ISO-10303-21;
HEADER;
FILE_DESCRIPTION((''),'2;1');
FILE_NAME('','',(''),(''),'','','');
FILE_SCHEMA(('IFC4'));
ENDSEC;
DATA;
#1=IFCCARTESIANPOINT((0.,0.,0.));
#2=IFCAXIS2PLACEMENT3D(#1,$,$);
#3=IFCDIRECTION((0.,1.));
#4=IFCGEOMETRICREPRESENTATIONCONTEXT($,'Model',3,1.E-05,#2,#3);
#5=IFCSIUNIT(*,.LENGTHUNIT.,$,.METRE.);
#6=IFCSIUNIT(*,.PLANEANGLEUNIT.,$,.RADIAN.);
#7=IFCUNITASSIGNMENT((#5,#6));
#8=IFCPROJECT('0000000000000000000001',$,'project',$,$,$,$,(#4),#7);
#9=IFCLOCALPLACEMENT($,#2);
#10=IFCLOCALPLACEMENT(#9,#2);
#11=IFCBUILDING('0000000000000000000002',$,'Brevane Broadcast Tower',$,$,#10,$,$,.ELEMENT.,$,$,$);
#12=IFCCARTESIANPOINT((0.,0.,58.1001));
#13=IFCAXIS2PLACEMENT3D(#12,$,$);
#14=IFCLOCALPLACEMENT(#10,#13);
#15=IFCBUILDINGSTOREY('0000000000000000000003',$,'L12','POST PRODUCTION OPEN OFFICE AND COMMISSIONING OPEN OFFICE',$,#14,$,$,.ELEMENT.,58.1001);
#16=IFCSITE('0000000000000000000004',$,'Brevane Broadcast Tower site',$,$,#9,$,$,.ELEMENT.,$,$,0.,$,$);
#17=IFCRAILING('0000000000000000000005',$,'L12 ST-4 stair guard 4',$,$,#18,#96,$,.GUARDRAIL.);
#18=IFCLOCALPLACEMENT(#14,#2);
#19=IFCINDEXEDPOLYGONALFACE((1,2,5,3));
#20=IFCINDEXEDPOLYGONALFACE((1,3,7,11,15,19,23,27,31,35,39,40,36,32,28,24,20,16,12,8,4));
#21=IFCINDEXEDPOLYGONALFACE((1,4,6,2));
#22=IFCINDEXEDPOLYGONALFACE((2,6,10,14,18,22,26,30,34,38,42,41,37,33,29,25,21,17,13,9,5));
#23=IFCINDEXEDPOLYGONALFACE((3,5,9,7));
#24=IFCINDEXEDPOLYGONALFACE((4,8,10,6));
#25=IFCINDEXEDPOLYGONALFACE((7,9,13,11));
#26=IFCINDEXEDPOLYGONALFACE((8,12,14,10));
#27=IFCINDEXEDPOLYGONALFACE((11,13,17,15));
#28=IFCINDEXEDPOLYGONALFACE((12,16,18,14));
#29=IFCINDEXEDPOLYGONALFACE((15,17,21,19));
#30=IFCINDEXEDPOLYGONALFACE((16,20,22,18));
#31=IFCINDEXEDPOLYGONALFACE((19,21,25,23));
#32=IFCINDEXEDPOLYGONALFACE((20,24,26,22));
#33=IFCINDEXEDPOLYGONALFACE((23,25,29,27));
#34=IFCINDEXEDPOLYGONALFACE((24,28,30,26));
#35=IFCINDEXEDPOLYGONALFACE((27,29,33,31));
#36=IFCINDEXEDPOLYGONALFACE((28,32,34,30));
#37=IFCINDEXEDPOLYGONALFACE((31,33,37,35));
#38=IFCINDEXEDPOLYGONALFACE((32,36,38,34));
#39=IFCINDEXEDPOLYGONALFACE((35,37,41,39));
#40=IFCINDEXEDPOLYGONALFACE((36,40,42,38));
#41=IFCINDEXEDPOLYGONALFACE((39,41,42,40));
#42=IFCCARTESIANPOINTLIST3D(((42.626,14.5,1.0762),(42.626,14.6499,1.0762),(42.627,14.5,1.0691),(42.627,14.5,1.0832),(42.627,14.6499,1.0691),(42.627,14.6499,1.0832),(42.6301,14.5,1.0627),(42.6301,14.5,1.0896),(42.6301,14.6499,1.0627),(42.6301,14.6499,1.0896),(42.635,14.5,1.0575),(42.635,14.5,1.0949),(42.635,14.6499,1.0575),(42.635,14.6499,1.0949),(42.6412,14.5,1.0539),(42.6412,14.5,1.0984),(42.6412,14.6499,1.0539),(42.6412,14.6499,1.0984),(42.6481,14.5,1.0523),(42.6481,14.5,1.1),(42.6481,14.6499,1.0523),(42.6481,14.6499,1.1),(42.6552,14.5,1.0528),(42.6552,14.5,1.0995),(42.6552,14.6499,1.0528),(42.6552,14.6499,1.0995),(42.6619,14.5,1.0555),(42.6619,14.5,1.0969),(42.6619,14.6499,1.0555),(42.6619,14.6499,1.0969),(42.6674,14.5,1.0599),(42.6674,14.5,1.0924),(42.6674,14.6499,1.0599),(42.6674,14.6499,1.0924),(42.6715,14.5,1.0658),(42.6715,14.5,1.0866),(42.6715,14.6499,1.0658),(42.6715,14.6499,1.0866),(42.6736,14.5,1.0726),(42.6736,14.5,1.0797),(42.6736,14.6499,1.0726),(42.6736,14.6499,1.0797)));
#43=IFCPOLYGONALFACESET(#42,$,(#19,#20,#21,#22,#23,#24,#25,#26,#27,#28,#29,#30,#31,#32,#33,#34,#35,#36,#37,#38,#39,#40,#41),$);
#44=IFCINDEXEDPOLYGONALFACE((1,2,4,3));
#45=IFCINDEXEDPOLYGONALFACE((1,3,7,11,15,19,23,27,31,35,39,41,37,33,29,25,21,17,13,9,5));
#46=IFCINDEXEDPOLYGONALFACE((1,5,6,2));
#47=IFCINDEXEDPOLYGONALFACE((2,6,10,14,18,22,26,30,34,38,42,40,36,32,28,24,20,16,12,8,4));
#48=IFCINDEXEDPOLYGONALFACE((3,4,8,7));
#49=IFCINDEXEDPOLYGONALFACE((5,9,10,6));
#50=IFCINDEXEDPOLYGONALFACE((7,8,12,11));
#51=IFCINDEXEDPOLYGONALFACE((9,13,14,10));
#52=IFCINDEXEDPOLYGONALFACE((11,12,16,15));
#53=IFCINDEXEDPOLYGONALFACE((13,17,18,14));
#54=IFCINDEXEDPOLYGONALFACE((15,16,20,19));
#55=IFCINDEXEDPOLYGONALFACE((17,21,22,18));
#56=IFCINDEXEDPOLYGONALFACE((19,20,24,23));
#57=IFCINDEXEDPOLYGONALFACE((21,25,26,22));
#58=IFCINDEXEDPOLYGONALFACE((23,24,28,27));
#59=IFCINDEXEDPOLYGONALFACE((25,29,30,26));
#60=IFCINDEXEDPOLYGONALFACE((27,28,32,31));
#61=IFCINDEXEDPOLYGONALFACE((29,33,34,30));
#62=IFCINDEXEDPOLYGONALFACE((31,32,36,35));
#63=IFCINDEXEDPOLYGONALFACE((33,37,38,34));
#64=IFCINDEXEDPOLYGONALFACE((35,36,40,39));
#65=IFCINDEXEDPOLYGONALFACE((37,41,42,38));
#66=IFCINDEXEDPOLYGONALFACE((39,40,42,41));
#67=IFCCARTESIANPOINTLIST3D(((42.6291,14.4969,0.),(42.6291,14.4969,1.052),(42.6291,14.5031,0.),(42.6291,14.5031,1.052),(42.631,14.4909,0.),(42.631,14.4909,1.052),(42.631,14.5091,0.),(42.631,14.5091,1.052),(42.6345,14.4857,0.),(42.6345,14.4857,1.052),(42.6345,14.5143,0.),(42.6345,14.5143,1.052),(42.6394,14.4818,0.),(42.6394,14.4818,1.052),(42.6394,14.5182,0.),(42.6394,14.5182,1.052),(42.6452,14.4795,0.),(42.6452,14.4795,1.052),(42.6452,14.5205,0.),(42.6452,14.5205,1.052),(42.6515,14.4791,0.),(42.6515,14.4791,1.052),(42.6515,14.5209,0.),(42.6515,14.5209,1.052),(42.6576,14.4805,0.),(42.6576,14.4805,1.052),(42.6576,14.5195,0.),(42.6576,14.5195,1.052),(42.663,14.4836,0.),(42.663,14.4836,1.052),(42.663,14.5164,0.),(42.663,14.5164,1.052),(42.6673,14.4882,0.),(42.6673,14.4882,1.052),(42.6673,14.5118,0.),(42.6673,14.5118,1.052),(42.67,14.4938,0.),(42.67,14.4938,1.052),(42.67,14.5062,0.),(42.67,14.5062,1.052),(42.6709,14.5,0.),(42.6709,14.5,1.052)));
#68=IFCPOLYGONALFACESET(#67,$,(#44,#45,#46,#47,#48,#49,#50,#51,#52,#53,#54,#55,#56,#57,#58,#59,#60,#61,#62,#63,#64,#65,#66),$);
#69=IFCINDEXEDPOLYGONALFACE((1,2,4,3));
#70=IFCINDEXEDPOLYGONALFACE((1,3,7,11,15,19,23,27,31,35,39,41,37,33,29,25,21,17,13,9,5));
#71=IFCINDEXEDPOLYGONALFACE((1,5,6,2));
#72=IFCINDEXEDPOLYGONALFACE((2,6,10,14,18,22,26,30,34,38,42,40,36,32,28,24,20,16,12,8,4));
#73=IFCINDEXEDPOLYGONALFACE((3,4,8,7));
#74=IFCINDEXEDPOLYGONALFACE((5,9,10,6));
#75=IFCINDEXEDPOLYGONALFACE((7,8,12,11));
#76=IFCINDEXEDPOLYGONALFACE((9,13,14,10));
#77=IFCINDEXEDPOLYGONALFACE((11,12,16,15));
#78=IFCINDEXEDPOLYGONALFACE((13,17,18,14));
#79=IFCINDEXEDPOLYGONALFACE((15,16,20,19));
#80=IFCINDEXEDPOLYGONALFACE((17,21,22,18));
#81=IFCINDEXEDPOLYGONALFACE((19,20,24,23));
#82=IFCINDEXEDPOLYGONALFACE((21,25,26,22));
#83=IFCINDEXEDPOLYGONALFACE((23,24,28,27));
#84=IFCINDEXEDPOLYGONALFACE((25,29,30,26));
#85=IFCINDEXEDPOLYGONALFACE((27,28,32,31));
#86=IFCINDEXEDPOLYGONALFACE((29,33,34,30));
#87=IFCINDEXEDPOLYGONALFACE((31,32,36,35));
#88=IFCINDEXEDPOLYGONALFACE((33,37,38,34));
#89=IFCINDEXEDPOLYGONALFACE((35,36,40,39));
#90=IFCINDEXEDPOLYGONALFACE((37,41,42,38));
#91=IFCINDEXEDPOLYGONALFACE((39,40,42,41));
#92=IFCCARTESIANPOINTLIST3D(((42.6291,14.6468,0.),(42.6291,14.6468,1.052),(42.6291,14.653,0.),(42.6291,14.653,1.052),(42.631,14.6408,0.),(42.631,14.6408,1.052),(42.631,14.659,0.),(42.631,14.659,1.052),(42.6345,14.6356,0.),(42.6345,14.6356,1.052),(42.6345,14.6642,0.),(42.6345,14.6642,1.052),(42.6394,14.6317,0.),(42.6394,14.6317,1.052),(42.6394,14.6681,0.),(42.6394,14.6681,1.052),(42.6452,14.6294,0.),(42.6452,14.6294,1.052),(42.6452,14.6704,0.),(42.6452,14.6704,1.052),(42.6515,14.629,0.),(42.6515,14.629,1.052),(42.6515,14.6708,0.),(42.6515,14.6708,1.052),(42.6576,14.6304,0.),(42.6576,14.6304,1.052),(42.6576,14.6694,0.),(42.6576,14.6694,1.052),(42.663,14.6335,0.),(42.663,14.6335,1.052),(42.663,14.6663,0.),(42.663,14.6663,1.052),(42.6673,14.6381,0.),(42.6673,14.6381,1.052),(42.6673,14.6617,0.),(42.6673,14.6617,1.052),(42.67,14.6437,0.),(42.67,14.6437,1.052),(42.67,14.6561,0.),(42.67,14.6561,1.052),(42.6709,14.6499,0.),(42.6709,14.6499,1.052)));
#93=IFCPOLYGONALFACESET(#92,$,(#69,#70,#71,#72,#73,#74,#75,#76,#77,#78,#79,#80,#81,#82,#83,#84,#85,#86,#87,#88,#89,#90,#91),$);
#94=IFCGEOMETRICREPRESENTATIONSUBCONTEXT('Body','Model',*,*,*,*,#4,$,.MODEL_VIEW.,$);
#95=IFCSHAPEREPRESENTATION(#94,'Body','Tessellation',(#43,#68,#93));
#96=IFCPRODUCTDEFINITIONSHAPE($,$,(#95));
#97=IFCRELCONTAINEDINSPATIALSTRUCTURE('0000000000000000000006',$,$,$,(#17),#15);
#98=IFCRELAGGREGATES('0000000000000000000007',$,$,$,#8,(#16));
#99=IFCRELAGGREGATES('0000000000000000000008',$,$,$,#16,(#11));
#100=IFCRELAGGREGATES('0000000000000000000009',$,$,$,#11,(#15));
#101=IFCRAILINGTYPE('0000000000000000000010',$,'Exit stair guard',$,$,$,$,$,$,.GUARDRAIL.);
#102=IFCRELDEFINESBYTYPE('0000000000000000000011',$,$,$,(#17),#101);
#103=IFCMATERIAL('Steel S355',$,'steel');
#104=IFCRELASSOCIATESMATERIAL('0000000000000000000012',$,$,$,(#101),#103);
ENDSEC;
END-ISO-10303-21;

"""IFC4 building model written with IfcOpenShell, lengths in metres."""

from ifc_helpers import new_model, si_unit, direction, frame, origin, origin_2d, place, context, subcontext, project, spatial, circle, extrude, material, type_object, element, save


model = new_model("IFC4")

# Units and contexts
model_context = context("Model", 3, precision=1e-05, world=origin(), true_north=direction((0.0, 1.0)))
body_context = subcontext(model_context, "Body", "Model", "MODEL_VIEW")
ifc_project = project(units=[si_unit("LENGTHUNIT", "METRE"), si_unit("PLANEANGLEUNIT", "RADIAN")], contexts=[model_context])

# Site, building, storey
site_placement = place(None, origin())
site = spatial("IfcSite", under=ifc_project, at=site_placement, Name="Brevane Broadcast Tower site", CompositionType="ELEMENT", RefElevation=0.0)
building_placement = place(site_placement, origin())
building = spatial("IfcBuilding", under=site, at=building_placement, Name="Brevane Broadcast Tower", CompositionType="ELEMENT")
storey_placement = place(building_placement, frame((0.0, 0.0, 58.1001)))
storey = spatial("IfcBuildingStorey", under=building, at=storey_placement, Name="L12", Description="POST PRODUCTION OPEN OFFICE AND COMMISSIONING OPEN OFFICE", CompositionType="ELEMENT", Elevation=58.1001)

# Railing
ifc_material_1 = material(Name="Steel S355", Category="steel")
railing_type_1 = type_object("IfcRailingType", Name="Exit stair guard", PredefinedType="GUARDRAIL", material=ifc_material_1)
railing_1_placement = place(storey_placement, frame((42.6499, 14.5, 0.0)))
element("IfcRailing", 1, at=railing_1_placement, inside=storey, type_object=railing_type_1, Name="L12 ST-4 stair guard 4", PredefinedType="GUARDRAIL", context=body_context, shape_type="SweptSolid", body=[
    extrude(circle(Radius=0.0239, at=origin_2d()), frame((0.0, 0.0, 1.0762), z_axis=(0.0, 1.0, 0.0), x_axis=(-1.0, 0.0, 0.0)), (0.0, 0.0, 1.0), 0.1499),
    extrude(circle(Radius=0.021, at=origin_2d()), origin(), (0.0, 0.0, 1.0), 1.052),
    extrude(circle(Radius=0.021, at=origin_2d()), frame((0.0, 0.1499, 0.0)), (0.0, 0.0, 1.0), 1.052),
])

save(model, "model.ifc")
